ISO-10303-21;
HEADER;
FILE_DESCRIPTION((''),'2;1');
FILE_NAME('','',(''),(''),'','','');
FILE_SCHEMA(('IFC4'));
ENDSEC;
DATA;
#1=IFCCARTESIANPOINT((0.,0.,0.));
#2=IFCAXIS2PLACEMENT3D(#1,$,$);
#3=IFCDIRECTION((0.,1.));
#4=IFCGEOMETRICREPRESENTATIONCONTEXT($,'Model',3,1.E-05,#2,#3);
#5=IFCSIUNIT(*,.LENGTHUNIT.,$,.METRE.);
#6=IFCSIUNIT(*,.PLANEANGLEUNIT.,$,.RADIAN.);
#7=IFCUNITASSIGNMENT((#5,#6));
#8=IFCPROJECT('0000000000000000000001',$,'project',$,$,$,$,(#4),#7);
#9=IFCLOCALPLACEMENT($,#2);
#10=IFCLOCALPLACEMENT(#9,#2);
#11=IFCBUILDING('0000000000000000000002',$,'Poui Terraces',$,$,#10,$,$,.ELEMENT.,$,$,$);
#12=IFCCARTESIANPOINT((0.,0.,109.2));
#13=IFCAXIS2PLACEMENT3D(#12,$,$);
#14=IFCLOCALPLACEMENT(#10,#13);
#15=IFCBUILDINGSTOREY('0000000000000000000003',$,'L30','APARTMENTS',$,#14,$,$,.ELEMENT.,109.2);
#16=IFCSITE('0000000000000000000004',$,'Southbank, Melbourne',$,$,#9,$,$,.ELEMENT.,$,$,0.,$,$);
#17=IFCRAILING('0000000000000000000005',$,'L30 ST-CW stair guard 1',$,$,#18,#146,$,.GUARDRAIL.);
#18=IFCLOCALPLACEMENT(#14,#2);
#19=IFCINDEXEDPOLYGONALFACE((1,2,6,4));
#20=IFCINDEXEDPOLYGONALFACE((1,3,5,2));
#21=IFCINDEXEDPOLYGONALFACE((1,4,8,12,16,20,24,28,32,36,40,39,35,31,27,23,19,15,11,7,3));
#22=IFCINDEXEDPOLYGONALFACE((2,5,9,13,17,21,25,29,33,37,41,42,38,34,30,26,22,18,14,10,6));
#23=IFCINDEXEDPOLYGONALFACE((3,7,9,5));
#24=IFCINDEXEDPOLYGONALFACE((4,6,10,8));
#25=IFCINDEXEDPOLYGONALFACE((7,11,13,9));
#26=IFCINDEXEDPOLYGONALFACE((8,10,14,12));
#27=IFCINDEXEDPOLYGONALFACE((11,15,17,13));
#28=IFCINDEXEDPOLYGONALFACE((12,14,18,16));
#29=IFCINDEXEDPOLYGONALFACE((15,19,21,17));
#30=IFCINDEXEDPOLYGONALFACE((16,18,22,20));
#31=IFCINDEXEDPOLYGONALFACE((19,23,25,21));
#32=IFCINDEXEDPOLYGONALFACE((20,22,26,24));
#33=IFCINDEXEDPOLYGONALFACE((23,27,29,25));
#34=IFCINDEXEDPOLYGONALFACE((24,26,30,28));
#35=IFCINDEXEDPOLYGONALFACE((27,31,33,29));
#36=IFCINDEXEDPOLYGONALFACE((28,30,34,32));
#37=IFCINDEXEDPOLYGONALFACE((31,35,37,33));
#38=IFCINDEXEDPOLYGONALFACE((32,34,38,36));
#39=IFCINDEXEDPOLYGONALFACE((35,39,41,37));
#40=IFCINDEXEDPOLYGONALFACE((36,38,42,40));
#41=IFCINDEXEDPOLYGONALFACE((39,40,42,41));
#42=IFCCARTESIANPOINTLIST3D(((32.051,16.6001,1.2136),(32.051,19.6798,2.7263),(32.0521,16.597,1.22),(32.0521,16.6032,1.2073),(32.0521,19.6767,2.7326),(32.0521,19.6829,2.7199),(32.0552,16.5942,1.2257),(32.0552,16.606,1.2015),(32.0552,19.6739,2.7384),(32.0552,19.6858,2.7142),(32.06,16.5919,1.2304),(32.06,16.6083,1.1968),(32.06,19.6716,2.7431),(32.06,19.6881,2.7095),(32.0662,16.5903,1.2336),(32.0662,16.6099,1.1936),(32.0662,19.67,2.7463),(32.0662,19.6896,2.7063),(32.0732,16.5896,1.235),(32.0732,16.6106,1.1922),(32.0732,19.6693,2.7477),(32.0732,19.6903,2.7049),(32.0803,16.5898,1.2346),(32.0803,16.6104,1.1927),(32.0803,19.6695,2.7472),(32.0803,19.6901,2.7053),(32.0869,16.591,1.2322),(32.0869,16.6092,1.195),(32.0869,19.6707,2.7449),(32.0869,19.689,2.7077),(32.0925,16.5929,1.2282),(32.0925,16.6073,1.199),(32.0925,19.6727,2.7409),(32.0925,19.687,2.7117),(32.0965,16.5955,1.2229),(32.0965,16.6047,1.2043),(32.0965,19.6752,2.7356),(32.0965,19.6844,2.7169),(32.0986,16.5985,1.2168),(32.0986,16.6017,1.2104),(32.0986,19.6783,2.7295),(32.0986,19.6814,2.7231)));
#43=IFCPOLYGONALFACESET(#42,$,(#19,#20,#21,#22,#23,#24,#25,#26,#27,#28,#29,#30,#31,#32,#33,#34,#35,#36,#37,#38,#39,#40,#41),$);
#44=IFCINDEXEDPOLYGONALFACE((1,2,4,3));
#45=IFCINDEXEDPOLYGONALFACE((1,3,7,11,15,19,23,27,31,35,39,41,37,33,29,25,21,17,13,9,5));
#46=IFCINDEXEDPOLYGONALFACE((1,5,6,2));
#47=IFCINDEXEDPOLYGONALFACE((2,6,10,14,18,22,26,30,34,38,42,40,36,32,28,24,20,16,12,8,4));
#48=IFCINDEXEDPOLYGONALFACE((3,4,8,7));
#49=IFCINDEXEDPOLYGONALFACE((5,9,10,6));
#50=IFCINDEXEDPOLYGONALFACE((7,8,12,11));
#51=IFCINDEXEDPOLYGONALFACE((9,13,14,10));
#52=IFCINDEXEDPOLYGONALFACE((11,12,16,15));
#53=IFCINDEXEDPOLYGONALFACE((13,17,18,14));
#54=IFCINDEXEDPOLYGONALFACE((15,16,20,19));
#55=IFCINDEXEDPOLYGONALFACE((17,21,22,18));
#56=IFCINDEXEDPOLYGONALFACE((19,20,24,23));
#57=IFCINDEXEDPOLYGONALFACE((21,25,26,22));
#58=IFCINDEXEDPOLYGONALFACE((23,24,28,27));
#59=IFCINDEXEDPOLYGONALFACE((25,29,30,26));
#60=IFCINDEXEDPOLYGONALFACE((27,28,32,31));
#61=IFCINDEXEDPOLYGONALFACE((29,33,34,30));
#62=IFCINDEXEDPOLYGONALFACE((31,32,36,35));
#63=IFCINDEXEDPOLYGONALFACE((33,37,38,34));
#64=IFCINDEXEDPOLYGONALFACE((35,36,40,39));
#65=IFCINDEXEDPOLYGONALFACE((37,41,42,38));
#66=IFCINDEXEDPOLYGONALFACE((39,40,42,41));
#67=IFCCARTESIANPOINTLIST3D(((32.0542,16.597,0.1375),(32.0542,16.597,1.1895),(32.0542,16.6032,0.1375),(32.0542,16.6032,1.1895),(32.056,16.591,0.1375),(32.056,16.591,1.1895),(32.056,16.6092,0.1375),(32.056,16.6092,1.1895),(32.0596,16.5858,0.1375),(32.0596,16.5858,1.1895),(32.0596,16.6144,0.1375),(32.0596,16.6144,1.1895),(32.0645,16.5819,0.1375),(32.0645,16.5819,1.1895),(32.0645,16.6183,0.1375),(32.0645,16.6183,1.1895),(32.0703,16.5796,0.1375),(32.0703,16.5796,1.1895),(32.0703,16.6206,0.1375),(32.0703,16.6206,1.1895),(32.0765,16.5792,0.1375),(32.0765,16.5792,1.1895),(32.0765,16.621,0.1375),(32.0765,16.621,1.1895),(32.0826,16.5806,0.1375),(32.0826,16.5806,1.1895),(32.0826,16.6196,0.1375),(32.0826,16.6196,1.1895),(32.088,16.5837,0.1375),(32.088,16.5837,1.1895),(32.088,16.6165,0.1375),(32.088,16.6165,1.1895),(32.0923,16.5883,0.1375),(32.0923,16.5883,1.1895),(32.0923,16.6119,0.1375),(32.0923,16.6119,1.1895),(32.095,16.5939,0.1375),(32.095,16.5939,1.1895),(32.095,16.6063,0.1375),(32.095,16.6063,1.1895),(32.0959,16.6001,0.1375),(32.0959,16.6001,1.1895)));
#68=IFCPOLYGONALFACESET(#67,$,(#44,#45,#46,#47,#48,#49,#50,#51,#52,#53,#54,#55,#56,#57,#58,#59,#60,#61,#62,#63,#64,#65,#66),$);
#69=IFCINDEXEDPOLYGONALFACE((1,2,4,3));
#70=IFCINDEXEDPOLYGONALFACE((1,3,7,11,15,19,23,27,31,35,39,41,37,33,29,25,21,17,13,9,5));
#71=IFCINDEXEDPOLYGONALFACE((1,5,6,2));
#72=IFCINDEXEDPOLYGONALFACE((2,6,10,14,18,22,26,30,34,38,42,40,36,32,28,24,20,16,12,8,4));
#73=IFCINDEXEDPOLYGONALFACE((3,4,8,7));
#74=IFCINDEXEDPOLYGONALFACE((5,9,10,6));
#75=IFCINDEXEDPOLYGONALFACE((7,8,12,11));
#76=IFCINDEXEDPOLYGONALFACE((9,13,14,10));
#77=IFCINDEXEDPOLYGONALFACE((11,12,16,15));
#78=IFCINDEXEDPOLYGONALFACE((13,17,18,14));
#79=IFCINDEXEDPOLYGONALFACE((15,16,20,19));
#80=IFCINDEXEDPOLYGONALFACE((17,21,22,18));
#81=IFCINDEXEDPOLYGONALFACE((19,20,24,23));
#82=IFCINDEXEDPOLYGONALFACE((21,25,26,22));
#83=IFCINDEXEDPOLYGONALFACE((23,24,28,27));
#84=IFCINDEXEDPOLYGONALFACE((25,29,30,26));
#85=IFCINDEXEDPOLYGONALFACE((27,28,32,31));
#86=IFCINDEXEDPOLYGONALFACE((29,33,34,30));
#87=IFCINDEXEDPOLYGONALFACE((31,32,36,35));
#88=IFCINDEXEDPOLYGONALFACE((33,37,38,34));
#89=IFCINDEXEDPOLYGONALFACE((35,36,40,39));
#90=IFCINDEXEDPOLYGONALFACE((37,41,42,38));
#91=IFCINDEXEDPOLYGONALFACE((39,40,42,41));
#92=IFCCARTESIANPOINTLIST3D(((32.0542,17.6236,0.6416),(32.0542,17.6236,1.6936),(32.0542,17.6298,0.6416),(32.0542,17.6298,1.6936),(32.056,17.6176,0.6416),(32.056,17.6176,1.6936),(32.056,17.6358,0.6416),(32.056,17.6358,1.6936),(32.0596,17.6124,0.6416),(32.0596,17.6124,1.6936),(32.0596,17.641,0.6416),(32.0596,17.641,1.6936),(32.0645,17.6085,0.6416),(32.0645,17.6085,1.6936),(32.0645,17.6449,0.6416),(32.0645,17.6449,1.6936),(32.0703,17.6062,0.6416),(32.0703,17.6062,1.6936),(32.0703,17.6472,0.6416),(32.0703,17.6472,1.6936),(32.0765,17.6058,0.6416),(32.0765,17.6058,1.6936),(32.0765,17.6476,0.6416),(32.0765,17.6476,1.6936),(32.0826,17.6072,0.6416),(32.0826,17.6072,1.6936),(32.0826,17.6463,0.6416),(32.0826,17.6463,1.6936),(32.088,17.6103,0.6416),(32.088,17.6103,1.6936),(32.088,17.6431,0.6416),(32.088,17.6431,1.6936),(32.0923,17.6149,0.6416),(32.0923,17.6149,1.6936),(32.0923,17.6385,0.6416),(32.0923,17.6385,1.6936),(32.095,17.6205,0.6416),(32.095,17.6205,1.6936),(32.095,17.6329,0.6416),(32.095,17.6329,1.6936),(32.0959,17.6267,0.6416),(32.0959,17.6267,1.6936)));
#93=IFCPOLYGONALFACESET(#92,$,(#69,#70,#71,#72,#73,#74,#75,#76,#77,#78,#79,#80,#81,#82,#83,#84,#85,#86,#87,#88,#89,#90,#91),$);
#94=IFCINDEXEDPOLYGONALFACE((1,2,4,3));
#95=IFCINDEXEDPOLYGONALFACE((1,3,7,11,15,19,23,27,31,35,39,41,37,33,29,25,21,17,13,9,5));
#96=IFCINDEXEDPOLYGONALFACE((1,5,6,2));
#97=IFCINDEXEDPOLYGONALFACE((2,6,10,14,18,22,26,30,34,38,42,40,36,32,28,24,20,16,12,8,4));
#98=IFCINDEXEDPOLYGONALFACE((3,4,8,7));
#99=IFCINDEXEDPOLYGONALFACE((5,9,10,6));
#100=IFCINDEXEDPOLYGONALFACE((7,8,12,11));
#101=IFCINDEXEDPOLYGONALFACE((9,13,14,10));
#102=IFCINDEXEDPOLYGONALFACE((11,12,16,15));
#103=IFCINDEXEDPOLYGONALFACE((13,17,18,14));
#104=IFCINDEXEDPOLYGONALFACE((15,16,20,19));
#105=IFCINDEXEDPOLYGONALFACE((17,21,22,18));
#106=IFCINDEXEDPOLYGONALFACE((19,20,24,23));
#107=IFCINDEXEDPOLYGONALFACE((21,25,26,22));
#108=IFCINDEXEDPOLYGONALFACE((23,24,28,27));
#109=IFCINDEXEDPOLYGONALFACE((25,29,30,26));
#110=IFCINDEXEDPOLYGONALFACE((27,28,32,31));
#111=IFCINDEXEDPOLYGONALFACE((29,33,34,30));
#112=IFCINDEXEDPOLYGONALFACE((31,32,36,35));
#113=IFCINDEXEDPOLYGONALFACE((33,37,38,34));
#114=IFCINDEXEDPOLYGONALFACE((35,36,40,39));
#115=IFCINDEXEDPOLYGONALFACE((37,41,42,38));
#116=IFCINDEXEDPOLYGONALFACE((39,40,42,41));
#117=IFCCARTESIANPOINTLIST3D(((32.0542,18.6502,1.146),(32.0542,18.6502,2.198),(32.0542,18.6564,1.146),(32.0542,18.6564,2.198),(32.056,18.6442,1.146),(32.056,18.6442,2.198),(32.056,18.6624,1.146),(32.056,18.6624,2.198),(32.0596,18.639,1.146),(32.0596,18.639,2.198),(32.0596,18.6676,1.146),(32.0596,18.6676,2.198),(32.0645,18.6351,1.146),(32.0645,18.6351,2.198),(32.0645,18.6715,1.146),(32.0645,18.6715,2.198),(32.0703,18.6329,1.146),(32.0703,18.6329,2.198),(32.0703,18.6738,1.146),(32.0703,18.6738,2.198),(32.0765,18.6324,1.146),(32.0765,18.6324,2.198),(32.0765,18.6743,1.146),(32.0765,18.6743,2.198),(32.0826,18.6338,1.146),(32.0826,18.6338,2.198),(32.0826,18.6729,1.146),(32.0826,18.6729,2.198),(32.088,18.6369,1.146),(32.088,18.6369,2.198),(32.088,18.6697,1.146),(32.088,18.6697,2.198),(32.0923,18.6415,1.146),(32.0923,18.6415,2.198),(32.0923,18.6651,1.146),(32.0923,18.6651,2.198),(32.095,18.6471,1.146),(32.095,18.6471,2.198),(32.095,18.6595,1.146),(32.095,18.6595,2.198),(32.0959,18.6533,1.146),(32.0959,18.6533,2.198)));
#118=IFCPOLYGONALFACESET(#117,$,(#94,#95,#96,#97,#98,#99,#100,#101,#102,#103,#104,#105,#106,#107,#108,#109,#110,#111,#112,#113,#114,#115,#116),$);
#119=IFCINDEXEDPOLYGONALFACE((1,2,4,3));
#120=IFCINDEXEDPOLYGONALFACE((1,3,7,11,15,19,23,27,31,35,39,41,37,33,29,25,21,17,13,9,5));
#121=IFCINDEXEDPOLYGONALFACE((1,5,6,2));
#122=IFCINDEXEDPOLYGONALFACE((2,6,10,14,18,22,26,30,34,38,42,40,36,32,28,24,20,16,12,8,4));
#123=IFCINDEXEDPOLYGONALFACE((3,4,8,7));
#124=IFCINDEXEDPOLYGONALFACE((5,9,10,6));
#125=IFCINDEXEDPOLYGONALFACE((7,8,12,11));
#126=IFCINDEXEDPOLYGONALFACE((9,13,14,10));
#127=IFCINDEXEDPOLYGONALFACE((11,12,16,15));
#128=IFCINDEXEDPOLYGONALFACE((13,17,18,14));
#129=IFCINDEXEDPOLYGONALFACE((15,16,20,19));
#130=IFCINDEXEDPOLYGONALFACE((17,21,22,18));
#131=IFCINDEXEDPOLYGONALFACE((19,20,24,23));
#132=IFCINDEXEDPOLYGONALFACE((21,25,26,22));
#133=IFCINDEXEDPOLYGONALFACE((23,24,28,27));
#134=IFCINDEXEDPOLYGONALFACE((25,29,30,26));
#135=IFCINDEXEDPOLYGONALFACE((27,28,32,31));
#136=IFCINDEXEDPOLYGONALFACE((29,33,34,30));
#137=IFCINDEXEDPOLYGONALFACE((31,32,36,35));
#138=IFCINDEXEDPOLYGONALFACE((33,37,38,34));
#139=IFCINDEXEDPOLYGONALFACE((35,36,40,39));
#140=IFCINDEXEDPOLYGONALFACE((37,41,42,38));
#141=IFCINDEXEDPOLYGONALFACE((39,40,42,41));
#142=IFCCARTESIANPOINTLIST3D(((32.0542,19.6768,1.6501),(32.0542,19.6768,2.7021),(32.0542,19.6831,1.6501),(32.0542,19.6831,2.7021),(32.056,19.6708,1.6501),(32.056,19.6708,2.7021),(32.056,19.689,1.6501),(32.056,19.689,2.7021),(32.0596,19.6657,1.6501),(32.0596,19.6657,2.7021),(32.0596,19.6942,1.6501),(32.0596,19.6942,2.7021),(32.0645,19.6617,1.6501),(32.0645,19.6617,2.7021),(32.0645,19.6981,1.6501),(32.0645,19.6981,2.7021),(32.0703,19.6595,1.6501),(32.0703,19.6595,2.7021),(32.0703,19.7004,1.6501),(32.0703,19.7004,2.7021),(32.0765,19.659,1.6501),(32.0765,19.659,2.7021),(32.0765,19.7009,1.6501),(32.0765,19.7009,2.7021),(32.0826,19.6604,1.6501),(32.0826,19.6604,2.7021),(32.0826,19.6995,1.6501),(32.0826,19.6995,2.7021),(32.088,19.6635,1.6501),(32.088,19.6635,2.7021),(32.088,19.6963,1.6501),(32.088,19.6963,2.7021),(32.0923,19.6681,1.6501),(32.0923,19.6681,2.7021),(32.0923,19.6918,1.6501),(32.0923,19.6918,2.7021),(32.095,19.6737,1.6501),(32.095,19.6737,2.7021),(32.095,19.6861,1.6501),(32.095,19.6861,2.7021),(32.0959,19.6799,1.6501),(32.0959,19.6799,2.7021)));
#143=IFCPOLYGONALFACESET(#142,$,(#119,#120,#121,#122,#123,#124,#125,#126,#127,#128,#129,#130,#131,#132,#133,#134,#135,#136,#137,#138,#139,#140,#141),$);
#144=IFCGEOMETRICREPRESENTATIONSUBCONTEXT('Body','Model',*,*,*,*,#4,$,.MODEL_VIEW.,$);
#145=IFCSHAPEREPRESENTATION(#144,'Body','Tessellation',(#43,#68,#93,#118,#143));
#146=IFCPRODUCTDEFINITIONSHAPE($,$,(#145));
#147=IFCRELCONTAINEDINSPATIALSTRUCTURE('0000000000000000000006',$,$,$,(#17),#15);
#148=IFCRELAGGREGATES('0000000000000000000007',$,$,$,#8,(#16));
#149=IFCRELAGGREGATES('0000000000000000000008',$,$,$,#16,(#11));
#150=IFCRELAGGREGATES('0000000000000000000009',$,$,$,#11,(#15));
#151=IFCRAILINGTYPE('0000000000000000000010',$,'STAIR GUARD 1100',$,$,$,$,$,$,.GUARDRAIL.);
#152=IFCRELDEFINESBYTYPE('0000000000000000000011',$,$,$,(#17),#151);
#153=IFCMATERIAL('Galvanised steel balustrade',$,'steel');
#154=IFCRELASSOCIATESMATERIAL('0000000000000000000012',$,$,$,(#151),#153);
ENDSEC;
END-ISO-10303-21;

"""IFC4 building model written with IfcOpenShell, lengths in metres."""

from ifc_helpers import new_model, si_unit, direction, frame, origin, origin_2d, place, context, subcontext, project, spatial, circle, extrude, material, type_object, element, save


model = new_model("IFC4")

# Units and contexts
model_context = context("Model", 3, precision=1e-05, world=origin(), true_north=direction((0.0, 1.0)))
body_context = subcontext(model_context, "Body", "Model", "MODEL_VIEW")
ifc_project = project(units=[si_unit("LENGTHUNIT", "METRE"), si_unit("PLANEANGLEUNIT", "RADIAN")], contexts=[model_context])

# Site, building, storey
site_placement = place(None, origin())
site = spatial("IfcSite", under=ifc_project, at=site_placement, Name="Southbank, Melbourne", CompositionType="ELEMENT", RefElevation=0.0)
building_placement = place(site_placement, origin())
building = spatial("IfcBuilding", under=site, at=building_placement, Name="Poui Terraces", CompositionType="ELEMENT")
storey_placement = place(building_placement, frame((0.0, 0.0, 109.2)))
storey = spatial("IfcBuildingStorey", under=building, at=storey_placement, Name="L30", Description="APARTMENTS", CompositionType="ELEMENT", Elevation=109.2)

# Railing
ifc_material_1 = material(Name="Galvanised steel balustrade", Category="steel")
railing_type_1 = type_object("IfcRailingType", Name="STAIR GUARD 1100", PredefinedType="GUARDRAIL", material=ifc_material_1)
railing_1_placement = place(storey_placement, frame((32.075, 16.6001, 0.1375)))
element("IfcRailing", 1, at=railing_1_placement, inside=storey, type_object=railing_type_1, Name="L30 ST-CW stair guard 1", PredefinedType="GUARDRAIL", context=body_context, shape_type="SweptSolid", body=[
    extrude(circle(Radius=0.0239, at=origin_2d()), frame((0.0, 0.0, 1.0762), z_axis=(0.0, 0.897578, 0.440856), x_axis=(-1.0, 0.0, 0.0)), (0.0, 0.0, 1.0), 3.4312),
    extrude(circle(Radius=0.021, at=origin_2d()), origin(), (0.0, 0.0, 1.0), 1.052),
    extrude(circle(Radius=0.021, at=origin_2d()), frame((0.0, 1.0266, 0.5042)), (0.0, 0.0, 1.0), 1.052),
    extrude(circle(Radius=0.021, at=origin_2d()), frame((0.0, 2.0532, 1.0085)), (0.0, 0.0, 1.0), 1.052),
    extrude(circle(Radius=0.021, at=origin_2d()), frame((0.0, 3.0798, 1.5127)), (0.0, 0.0, 1.0), 1.052),
])

save(model, "model.ifc")
